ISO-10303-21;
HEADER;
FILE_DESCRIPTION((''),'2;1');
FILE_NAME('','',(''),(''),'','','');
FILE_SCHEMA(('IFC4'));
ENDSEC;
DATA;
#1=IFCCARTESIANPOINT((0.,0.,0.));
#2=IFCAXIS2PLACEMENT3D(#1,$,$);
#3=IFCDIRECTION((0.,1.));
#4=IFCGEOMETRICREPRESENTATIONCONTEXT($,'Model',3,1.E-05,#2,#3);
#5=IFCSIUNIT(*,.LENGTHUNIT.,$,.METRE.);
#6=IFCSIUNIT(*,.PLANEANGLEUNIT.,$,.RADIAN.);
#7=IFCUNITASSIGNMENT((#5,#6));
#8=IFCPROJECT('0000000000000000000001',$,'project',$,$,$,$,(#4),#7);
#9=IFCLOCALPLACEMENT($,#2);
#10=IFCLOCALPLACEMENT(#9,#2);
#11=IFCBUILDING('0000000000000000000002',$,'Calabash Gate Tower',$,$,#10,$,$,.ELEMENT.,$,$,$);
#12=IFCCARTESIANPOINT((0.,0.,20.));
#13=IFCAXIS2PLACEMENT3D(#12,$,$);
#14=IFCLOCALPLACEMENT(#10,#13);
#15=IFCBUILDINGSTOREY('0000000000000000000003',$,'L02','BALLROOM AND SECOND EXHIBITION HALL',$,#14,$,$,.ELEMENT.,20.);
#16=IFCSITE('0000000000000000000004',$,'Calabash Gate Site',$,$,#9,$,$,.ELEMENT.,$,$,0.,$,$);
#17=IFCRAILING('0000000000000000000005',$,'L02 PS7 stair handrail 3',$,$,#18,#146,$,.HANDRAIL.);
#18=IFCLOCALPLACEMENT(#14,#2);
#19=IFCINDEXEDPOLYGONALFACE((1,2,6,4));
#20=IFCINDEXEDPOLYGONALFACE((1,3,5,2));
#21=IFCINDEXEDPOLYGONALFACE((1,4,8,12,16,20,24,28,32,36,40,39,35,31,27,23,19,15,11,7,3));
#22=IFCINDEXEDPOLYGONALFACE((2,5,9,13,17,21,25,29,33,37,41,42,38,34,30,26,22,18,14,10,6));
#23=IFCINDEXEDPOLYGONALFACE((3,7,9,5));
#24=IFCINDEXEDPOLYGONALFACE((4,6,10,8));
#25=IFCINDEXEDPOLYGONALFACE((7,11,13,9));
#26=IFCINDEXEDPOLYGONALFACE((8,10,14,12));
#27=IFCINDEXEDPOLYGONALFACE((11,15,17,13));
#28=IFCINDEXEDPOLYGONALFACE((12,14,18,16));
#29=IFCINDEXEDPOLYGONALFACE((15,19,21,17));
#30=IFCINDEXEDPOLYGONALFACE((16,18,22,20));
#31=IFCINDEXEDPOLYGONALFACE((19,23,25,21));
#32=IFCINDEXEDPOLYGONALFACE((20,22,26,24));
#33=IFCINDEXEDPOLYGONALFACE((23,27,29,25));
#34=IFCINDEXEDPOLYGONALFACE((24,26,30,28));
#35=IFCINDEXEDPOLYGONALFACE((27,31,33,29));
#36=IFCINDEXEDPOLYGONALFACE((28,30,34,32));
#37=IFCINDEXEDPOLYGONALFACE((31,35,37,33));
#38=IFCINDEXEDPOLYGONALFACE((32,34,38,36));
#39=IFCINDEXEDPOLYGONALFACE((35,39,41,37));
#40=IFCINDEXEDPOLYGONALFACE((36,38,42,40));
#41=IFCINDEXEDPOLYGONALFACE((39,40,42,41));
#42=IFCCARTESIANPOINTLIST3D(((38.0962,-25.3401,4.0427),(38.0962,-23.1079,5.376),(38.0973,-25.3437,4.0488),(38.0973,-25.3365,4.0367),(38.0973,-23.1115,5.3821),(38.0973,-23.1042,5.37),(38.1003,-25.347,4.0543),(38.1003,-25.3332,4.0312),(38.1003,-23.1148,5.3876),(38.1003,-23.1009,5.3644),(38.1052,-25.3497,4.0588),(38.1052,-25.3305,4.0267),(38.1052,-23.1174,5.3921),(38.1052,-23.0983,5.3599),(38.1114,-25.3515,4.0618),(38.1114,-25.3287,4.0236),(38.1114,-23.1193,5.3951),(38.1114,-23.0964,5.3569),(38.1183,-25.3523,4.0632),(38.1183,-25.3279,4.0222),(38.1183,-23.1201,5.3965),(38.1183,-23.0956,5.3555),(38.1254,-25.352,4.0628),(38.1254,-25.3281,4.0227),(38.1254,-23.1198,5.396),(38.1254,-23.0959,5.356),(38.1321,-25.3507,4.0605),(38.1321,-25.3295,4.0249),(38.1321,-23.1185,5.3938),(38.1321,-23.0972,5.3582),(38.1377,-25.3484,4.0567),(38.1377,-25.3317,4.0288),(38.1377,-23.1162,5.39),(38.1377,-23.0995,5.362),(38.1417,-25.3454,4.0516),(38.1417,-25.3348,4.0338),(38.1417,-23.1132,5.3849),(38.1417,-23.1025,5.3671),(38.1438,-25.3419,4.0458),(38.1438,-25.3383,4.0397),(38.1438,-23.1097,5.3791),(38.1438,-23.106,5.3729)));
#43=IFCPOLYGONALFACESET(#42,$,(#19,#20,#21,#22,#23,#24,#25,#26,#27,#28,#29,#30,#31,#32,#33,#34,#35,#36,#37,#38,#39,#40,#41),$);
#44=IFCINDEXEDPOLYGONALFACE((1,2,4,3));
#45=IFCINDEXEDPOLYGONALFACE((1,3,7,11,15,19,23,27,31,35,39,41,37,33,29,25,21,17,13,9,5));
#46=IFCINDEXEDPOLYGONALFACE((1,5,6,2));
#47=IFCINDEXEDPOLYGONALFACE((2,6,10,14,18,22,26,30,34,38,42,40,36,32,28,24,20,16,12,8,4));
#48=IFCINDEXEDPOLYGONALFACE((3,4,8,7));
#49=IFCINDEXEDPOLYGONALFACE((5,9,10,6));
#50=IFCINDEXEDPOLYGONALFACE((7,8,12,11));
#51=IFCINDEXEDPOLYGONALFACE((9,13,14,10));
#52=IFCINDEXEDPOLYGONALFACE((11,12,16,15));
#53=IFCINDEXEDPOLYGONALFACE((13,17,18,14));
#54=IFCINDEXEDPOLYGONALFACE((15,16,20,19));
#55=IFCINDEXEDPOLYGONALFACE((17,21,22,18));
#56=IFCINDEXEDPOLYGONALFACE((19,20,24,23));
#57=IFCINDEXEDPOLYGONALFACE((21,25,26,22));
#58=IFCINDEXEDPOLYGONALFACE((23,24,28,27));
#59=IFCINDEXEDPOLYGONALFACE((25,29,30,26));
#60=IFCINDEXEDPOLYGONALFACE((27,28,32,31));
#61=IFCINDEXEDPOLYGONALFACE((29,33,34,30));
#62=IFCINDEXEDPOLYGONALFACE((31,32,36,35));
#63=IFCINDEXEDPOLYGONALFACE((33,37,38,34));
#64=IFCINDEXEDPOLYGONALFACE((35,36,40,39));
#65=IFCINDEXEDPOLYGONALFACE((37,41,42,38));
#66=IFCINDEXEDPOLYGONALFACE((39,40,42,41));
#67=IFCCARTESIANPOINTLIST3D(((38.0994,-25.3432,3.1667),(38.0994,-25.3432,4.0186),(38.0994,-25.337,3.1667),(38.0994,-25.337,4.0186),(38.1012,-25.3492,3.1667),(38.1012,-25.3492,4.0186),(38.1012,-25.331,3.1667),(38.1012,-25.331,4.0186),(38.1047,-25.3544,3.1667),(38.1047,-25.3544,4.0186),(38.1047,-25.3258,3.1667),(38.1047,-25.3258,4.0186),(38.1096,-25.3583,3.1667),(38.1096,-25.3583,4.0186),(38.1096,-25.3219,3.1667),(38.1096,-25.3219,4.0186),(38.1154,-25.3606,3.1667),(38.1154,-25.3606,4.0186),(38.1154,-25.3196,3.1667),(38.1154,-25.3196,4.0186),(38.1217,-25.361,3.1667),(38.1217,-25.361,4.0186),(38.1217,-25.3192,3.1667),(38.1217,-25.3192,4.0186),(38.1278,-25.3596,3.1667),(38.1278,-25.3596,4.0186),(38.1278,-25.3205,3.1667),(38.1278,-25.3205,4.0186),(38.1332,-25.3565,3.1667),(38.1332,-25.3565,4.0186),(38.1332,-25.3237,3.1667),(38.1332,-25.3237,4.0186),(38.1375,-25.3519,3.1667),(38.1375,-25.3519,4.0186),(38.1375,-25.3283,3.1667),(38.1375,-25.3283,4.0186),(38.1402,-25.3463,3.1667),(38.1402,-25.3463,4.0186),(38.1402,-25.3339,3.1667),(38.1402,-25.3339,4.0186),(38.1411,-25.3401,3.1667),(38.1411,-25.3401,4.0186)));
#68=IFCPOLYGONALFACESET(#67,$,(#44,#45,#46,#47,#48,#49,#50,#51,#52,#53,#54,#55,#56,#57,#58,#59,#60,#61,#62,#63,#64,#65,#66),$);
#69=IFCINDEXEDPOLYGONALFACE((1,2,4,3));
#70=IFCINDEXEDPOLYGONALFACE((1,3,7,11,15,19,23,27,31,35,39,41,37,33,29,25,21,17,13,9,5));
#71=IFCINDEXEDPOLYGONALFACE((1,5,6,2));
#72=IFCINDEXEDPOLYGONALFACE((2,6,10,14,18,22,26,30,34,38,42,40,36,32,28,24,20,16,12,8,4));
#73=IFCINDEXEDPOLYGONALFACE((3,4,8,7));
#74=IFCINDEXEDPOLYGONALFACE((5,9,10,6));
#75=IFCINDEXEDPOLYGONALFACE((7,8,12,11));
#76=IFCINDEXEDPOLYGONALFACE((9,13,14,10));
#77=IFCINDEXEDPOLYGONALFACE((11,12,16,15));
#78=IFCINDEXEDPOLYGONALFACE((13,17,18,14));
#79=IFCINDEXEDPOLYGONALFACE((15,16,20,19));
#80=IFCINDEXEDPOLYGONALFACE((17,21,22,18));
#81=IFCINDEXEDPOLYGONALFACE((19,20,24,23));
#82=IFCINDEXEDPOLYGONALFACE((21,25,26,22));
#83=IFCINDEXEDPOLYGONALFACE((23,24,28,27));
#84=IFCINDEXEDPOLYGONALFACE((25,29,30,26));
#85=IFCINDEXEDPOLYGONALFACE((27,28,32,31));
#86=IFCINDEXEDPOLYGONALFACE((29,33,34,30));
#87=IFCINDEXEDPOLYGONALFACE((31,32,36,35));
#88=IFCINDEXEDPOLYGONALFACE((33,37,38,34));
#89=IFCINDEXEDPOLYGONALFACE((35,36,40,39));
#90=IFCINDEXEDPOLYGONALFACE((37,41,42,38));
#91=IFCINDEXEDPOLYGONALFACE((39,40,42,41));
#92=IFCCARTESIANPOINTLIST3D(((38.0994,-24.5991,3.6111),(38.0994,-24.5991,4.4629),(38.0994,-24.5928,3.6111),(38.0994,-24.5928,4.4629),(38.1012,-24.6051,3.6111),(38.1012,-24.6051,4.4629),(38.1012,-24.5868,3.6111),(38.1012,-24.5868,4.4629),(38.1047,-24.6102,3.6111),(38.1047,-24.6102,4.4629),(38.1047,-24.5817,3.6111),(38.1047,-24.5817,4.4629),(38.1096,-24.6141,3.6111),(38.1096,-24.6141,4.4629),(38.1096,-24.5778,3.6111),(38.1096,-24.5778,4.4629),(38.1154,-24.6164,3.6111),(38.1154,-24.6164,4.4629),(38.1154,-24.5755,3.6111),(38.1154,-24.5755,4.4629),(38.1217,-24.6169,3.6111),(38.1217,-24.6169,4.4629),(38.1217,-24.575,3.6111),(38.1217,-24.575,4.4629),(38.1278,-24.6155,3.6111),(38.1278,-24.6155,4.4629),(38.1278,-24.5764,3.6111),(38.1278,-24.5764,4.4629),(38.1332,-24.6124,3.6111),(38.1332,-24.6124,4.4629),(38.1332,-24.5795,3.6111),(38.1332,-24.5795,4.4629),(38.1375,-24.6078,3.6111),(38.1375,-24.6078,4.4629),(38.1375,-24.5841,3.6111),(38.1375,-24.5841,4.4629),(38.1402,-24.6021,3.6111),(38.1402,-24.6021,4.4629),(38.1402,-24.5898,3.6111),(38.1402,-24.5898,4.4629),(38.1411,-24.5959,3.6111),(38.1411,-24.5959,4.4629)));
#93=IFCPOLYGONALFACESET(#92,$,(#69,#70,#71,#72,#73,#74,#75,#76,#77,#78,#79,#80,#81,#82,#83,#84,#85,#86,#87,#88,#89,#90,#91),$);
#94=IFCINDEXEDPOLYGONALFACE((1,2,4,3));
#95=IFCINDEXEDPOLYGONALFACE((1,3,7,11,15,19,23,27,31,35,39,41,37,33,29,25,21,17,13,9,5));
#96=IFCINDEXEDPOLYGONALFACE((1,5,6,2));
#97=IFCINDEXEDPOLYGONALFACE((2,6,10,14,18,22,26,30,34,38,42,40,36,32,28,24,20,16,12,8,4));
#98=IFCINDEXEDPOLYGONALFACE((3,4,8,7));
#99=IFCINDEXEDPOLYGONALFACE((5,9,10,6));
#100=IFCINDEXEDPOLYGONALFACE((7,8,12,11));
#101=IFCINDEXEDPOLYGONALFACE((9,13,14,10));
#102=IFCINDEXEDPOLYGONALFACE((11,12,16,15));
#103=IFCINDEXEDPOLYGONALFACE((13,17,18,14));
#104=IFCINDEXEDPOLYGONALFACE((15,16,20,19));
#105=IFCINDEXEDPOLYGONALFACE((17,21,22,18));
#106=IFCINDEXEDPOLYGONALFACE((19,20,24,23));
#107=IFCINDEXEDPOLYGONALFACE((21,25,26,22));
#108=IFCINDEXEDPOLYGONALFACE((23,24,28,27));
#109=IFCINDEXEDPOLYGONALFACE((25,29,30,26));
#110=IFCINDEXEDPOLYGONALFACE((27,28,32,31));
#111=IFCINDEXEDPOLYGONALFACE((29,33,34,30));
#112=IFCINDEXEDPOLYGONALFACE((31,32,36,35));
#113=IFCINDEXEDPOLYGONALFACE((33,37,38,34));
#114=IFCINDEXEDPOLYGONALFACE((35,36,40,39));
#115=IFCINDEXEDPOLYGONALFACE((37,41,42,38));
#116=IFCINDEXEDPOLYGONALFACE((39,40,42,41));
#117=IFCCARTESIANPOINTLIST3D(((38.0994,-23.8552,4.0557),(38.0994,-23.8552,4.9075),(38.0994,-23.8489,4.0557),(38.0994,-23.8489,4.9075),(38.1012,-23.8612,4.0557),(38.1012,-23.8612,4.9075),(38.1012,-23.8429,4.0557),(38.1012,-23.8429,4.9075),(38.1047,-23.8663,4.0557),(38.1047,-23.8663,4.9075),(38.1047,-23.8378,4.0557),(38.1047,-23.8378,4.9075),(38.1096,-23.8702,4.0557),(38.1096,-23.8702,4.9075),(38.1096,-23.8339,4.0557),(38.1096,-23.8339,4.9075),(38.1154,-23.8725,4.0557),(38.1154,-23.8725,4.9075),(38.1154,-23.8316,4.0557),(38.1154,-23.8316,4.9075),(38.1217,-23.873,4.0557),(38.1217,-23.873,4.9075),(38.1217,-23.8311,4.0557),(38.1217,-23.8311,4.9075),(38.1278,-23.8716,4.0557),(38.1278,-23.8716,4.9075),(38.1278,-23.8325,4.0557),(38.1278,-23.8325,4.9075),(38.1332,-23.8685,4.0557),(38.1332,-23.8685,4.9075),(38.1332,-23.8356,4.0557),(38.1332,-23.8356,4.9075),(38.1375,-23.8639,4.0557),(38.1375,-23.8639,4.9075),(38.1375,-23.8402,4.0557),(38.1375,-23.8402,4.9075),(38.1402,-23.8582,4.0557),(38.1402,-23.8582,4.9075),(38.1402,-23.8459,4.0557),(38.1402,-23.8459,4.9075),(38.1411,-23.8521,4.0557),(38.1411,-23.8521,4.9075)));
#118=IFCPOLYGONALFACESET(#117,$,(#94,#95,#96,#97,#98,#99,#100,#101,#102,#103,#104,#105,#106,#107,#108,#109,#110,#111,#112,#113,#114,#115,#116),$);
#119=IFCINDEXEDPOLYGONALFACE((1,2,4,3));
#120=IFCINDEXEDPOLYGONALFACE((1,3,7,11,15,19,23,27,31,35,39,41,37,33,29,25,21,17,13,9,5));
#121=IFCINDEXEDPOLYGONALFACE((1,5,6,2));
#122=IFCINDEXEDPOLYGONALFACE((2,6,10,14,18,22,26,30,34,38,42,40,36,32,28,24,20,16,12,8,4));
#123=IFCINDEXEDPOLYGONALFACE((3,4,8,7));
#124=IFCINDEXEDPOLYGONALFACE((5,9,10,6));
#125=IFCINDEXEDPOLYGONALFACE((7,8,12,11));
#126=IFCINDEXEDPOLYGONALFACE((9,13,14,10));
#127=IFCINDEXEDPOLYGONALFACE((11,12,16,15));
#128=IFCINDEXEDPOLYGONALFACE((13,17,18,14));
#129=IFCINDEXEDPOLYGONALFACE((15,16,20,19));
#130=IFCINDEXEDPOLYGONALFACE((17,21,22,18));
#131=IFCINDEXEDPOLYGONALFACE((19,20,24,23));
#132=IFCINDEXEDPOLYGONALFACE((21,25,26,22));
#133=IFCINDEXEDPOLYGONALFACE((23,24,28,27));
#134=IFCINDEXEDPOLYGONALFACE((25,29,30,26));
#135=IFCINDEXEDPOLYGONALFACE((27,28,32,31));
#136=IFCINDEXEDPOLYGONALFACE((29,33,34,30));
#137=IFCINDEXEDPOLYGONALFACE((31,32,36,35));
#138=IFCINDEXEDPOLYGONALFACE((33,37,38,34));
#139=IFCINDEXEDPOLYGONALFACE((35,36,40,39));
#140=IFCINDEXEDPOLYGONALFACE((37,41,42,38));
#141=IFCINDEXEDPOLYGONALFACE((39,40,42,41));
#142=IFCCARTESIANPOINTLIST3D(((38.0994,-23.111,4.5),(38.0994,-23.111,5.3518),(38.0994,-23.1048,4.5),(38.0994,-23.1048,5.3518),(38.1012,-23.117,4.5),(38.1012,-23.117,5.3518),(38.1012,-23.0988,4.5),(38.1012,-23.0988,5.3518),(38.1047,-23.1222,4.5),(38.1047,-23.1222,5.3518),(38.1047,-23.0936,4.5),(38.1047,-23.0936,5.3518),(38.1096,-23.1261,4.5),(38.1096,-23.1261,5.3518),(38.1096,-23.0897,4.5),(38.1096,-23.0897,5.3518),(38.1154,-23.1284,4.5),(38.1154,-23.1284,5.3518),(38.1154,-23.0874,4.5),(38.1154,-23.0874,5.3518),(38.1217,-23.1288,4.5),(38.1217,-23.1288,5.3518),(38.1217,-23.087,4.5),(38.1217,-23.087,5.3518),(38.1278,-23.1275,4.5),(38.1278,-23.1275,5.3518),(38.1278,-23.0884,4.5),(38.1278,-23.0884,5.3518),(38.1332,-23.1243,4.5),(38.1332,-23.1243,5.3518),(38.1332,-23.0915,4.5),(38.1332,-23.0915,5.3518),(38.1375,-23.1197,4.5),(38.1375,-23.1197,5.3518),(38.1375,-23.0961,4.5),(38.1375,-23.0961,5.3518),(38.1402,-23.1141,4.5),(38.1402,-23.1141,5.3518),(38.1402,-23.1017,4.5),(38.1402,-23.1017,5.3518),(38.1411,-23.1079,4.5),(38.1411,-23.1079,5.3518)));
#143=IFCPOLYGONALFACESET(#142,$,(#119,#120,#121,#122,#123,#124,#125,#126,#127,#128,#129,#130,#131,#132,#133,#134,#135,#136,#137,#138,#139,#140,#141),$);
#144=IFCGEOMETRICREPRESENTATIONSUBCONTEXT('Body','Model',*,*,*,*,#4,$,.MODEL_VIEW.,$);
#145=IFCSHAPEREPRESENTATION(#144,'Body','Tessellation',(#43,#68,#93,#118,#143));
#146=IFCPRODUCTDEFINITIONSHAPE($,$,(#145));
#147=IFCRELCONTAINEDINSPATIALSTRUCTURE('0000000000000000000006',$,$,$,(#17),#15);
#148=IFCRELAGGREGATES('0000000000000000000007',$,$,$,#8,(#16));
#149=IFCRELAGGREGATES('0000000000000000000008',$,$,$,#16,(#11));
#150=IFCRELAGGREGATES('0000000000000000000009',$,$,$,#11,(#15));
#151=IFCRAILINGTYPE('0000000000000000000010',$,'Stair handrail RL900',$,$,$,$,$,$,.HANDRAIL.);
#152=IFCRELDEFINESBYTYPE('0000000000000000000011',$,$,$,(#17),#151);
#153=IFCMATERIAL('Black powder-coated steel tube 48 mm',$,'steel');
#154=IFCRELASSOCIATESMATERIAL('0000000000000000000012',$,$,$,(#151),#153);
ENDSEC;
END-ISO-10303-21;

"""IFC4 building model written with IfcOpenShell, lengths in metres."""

from ifc_helpers import new_model, si_unit, direction, frame, origin, origin_2d, place, context, subcontext, project, spatial, circle, extrude, material, type_object, element, save


model = new_model("IFC4")

# Units and contexts
model_context = context("Model", 3, precision=1e-05, world=origin(), true_north=direction((0.0, 1.0)))
body_context = subcontext(model_context, "Body", "Model", "MODEL_VIEW")
ifc_project = project(units=[si_unit("LENGTHUNIT", "METRE"), si_unit("PLANEANGLEUNIT", "RADIAN")], contexts=[model_context])

# Site, building, storey
site_placement = place(None, origin())
site = spatial("IfcSite", under=ifc_project, at=site_placement, Name="Calabash Gate Site", CompositionType="ELEMENT", RefElevation=0.0)
building_placement = place(site_placement, origin())
building = spatial("IfcBuilding", under=site, at=building_placement, Name="Calabash Gate Tower", CompositionType="ELEMENT")
storey_placement = place(building_placement, frame((0.0, 0.0, 20.0)))
storey = spatial("IfcBuildingStorey", under=building, at=storey_placement, Name="L02", Description="BALLROOM AND SECOND EXHIBITION HALL", CompositionType="ELEMENT", Elevation=20.0)

# Railing
ifc_material_1 = material(Name="Black powder-coated steel tube 48 mm", Category="steel")
railing_type_1 = type_object("IfcRailingType", Name="Stair handrail RL900", PredefinedType="HANDRAIL", material=ifc_material_1)
for number, where, name in (
    (1, (38.1201, -25.3401, 3.1667), "L02 PS7 stair handrail 3"),
):
    element("IfcRailing", number, at=place(storey_placement, frame(where)), inside=storey, type_object=railing_type_1, Name=name, PredefinedType="HANDRAIL", context=body_context, shape_type="SweptSolid", body=[
        extrude(circle(Radius=0.0239, at=origin_2d()), frame((0.0, 0.0, 0.876), z_axis=(0.0, 0.858519, 0.512782), x_axis=(-1.0, 0.0, 0.0)), (0.0, 0.0, 1.0), 2.6001),
        extrude(circle(Radius=0.021, at=origin_2d()), origin(), (0.0, 0.0, 1.0), 0.8518),
        extrude(circle(Radius=0.021, at=origin_2d()), frame((0.0, 0.7441, 0.4443)), (0.0, 0.0, 1.0), 0.8518),
        extrude(circle(Radius=0.021, at=origin_2d()), frame((0.0, 1.488, 0.8889)), (0.0, 0.0, 1.0), 0.8518),
        extrude(circle(Radius=0.021, at=origin_2d()), frame((0.0, 2.2322, 1.3333)), (0.0, 0.0, 1.0), 0.8518),
    ])

save(model, "model.ifc")
